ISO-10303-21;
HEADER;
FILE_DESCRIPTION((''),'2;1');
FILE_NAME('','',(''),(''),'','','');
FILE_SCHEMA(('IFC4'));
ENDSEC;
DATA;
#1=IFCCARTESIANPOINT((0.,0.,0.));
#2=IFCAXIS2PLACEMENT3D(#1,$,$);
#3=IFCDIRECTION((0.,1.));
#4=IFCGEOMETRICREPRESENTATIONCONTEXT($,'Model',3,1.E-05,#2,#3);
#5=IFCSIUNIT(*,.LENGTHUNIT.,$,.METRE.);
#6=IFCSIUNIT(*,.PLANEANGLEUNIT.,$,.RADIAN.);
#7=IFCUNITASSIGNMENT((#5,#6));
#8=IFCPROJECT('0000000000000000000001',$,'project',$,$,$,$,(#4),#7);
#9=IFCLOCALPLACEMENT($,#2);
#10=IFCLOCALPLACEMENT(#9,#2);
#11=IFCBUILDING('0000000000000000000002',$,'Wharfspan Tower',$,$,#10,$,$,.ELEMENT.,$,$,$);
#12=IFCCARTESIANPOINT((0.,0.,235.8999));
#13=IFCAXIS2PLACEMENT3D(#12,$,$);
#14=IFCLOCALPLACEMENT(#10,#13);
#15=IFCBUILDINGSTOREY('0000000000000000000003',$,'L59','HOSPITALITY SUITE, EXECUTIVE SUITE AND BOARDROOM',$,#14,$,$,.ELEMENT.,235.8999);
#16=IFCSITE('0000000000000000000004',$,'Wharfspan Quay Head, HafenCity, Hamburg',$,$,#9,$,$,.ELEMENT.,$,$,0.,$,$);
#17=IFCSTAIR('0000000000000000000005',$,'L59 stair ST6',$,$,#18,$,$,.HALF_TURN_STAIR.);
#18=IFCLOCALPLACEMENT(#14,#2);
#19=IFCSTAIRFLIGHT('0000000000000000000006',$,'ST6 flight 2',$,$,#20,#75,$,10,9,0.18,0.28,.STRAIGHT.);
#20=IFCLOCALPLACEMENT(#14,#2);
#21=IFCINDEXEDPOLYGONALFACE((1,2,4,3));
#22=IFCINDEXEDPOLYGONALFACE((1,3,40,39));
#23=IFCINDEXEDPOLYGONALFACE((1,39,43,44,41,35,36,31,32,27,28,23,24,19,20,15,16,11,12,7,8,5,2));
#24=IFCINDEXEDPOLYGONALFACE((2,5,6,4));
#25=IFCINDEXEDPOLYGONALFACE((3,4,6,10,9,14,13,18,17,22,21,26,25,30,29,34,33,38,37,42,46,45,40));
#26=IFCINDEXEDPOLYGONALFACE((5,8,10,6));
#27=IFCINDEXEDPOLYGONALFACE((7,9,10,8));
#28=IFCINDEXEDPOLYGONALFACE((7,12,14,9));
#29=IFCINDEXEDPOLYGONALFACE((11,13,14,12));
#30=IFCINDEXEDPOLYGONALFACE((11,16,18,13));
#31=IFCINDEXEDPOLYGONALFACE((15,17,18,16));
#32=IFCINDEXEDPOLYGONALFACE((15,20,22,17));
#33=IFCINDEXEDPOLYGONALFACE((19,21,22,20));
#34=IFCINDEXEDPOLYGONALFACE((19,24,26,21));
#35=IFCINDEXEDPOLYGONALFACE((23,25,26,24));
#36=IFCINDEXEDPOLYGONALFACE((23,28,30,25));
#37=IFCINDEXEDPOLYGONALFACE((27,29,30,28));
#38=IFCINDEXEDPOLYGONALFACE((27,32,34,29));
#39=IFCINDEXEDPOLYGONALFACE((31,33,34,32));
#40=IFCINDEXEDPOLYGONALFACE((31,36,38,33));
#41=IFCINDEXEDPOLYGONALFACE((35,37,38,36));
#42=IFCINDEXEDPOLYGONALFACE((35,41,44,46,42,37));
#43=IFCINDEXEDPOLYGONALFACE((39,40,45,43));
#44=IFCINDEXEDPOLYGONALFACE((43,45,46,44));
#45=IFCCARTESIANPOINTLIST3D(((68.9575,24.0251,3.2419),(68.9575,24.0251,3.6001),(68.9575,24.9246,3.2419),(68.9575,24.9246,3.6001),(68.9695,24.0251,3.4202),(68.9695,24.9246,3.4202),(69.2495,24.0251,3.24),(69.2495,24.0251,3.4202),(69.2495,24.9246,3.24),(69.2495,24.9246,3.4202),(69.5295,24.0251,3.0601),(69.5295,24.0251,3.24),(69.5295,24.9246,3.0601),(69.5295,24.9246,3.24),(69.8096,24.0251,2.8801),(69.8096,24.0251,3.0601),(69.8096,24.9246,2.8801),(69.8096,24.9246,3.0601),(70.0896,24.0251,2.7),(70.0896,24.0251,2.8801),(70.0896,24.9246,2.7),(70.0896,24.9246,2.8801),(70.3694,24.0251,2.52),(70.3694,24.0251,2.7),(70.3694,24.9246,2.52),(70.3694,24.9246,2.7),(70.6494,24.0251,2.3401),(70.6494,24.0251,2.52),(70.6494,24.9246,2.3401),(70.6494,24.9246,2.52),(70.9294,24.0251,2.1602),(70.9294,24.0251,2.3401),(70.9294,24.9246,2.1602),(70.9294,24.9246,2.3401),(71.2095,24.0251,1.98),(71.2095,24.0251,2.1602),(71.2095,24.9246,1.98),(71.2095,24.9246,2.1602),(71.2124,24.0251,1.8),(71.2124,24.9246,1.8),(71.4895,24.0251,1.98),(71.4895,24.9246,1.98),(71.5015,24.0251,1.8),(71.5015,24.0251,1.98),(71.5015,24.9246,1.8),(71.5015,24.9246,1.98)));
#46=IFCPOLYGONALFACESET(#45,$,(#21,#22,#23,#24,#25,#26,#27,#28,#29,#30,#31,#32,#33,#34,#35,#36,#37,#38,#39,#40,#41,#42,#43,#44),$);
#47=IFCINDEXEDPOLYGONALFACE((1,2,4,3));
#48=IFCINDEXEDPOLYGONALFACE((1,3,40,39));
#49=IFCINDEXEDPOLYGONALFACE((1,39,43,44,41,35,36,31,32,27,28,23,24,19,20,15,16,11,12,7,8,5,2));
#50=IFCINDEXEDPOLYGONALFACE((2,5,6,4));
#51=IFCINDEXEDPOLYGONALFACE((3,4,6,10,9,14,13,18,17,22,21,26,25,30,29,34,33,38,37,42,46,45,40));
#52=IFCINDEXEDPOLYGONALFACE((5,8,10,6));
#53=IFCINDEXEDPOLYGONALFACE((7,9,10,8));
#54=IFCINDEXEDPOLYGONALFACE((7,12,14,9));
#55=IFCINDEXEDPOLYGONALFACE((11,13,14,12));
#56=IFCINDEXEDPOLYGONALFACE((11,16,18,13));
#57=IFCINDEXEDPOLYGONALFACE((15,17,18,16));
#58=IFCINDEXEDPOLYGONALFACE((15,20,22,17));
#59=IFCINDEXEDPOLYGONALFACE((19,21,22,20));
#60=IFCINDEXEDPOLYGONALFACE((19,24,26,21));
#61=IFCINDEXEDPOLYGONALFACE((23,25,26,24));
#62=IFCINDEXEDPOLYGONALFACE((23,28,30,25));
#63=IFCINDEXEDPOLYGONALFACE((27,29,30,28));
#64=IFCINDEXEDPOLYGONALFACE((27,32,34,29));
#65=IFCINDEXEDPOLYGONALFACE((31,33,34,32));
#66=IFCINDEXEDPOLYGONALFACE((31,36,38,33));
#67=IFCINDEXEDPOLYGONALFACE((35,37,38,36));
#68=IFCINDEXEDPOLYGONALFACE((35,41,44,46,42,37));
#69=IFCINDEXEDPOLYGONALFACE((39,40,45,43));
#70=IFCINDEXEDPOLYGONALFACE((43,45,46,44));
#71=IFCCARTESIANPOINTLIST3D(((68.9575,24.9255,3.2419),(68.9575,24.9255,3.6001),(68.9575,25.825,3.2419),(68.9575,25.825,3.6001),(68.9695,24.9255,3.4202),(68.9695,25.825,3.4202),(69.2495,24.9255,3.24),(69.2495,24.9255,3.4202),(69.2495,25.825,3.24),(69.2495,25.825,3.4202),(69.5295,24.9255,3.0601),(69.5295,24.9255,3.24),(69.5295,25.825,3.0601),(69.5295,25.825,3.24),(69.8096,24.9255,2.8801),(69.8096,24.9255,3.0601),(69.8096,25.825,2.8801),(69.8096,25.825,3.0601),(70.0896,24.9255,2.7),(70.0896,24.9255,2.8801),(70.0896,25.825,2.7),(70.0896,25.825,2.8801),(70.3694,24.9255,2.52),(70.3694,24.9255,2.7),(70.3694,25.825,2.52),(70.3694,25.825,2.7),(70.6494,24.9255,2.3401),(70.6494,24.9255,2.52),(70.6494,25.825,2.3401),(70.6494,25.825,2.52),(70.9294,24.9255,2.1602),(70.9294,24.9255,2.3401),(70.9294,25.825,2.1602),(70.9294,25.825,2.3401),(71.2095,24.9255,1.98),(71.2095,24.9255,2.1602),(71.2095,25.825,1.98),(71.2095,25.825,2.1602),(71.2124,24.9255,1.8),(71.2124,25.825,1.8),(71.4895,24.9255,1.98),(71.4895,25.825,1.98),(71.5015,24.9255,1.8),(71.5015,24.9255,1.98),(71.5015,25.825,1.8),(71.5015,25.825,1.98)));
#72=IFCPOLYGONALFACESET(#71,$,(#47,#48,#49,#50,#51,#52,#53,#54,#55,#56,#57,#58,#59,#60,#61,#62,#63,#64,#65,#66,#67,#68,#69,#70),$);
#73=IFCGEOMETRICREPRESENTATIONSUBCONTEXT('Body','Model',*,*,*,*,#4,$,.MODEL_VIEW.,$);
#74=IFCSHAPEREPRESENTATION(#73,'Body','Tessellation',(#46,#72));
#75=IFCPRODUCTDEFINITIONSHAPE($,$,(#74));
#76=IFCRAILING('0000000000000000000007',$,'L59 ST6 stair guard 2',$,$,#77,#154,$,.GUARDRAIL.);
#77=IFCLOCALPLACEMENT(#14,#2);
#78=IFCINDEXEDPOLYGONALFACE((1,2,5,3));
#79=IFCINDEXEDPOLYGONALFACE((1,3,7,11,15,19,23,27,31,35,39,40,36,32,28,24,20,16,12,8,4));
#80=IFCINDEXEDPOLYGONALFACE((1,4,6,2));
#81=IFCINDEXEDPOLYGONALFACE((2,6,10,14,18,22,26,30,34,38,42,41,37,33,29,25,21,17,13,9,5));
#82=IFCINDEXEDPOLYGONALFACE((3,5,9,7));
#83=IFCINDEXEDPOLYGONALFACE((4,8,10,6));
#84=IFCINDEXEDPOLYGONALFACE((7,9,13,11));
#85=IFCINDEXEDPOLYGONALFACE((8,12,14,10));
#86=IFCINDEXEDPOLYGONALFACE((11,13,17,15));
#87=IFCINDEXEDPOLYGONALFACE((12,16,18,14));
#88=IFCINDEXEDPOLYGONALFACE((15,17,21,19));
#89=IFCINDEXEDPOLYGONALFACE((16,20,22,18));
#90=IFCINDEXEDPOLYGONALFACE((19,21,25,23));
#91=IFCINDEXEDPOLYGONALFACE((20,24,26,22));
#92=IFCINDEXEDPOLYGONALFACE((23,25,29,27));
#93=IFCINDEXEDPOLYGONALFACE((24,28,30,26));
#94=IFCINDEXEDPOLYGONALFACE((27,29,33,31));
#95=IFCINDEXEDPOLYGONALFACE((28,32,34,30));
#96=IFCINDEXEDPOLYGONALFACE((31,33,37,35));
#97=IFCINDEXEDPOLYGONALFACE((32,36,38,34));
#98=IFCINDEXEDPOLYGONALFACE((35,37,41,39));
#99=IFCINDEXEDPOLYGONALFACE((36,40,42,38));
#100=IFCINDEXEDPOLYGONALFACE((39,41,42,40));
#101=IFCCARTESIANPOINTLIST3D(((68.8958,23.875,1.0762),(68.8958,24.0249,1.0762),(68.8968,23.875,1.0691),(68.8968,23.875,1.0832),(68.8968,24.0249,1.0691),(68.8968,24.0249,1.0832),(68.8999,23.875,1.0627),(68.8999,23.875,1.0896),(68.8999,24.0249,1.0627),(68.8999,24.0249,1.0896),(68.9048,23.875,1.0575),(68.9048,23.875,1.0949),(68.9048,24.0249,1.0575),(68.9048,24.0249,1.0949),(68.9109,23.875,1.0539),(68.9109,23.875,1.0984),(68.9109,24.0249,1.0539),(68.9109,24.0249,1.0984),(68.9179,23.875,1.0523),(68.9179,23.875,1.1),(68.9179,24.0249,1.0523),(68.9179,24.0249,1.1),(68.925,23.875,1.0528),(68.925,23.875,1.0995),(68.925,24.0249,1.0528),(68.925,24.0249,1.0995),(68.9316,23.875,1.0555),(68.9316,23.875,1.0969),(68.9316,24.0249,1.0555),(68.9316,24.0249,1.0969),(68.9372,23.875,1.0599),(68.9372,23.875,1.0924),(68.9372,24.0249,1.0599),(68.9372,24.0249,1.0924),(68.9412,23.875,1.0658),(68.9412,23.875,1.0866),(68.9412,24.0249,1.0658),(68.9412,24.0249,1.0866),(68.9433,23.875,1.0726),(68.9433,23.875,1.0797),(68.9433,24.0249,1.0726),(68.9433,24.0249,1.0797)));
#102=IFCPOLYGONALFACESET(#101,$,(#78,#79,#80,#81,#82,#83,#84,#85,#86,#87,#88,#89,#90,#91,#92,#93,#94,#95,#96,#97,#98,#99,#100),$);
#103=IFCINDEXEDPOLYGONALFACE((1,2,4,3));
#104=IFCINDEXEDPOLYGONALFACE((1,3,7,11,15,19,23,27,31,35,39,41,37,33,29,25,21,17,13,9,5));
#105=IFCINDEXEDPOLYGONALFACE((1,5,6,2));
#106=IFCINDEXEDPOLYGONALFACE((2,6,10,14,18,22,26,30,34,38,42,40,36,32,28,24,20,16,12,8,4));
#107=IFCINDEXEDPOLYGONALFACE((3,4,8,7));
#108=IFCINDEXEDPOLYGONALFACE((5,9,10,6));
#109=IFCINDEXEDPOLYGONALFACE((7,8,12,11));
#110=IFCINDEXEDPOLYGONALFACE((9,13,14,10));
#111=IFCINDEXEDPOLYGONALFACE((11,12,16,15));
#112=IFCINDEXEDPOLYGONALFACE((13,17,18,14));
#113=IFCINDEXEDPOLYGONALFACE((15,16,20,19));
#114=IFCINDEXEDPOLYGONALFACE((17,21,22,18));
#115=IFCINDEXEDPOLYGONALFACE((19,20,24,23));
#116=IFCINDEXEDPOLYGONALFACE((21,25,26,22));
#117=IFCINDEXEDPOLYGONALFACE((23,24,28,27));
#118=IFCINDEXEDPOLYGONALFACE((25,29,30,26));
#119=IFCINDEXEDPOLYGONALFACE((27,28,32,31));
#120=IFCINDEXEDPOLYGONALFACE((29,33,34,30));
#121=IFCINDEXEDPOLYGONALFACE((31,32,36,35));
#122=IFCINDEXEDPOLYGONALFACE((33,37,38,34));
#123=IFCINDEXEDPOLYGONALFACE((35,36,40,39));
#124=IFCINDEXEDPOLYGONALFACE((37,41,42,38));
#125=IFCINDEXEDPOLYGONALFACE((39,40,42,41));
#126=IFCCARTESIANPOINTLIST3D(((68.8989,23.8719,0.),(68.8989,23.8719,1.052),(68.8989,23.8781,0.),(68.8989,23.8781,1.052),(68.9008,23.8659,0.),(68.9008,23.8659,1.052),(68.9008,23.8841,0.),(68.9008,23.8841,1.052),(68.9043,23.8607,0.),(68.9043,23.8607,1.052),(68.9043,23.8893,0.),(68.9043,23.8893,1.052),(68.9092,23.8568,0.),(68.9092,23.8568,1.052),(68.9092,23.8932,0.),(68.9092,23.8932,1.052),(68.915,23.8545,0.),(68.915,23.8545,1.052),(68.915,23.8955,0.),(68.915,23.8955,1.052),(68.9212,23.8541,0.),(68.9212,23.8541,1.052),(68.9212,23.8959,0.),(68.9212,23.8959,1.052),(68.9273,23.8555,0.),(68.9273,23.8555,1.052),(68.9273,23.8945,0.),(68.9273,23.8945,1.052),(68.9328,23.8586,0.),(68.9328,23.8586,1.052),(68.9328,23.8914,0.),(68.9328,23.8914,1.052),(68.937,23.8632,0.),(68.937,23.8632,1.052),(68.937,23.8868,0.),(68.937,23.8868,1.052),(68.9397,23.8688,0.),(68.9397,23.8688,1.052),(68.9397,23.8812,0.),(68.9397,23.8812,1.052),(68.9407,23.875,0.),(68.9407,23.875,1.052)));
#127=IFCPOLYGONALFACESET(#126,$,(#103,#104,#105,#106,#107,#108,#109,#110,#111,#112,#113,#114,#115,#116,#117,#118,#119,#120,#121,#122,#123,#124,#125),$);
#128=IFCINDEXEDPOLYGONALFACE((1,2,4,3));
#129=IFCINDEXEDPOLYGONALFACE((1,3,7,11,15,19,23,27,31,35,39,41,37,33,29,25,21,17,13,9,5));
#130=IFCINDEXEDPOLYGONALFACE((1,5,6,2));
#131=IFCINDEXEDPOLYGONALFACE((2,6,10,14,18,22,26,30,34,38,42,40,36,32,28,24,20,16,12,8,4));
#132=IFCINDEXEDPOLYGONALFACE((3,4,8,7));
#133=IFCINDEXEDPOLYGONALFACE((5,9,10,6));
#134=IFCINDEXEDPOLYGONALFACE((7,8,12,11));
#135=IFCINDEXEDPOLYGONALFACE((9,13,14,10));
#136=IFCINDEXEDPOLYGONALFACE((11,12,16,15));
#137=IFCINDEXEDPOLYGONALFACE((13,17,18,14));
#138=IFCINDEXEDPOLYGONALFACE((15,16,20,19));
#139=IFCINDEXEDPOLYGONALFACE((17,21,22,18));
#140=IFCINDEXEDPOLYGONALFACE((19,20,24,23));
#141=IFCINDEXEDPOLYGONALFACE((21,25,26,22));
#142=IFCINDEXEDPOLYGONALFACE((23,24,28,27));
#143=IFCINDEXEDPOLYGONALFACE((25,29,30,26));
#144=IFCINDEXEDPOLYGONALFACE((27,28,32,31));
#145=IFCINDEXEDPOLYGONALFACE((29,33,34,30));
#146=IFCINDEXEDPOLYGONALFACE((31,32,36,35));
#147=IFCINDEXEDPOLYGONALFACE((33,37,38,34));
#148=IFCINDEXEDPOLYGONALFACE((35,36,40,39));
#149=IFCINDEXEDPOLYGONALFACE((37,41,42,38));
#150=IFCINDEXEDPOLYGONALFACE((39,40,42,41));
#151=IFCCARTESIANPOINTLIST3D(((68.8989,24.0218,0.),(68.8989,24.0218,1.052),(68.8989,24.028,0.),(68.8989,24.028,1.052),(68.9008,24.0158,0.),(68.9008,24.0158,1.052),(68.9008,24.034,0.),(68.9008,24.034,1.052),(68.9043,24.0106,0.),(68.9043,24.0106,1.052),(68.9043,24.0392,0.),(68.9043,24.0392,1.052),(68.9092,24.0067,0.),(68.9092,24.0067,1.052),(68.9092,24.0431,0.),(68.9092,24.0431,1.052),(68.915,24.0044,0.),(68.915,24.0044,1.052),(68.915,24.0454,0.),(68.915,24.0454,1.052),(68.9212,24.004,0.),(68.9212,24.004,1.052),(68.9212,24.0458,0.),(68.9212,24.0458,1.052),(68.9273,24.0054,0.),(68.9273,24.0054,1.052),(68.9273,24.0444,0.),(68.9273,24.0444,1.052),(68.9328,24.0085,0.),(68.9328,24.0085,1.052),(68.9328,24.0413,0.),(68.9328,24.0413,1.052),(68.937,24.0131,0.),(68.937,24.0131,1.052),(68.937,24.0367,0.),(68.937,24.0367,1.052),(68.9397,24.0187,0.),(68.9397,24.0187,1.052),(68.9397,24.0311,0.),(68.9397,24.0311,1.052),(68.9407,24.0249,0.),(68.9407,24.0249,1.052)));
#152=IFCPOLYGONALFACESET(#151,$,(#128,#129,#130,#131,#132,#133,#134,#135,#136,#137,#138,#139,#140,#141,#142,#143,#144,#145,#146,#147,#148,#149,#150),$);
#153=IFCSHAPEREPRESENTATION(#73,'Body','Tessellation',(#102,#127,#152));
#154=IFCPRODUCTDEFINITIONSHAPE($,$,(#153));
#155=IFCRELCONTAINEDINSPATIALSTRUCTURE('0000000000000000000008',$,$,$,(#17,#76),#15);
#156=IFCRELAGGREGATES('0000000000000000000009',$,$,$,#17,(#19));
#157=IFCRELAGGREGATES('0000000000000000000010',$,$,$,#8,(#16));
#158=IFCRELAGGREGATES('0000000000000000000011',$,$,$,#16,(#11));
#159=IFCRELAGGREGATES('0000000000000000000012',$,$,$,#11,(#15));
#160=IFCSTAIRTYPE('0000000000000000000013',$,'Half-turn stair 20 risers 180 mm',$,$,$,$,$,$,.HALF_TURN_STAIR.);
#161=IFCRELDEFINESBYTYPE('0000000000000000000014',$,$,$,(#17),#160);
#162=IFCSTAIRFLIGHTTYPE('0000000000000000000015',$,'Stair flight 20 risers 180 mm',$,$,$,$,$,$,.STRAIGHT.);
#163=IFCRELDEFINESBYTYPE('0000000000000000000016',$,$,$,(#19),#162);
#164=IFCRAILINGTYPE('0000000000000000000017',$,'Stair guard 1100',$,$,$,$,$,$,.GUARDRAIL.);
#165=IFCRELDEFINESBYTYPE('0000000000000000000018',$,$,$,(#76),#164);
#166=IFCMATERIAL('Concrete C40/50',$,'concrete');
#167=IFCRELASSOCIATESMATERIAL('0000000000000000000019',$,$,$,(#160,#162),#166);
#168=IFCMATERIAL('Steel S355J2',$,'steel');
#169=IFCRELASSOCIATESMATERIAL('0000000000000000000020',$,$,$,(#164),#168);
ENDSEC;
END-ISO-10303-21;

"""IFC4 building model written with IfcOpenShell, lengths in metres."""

from ifc_helpers import new_model, si_unit, direction, frame, origin, origin_2d, place, context, subcontext, project, spatial, polyline, circle, outline, extrude, material, type_object, element, aggregate, save


model = new_model("IFC4")

# Units and contexts
model_context = context("Model", 3, precision=1e-05, world=origin(), true_north=direction((0.0, 1.0)))
body_context = subcontext(model_context, "Body", "Model", "MODEL_VIEW")
ifc_project = project(units=[si_unit("LENGTHUNIT", "METRE"), si_unit("PLANEANGLEUNIT", "RADIAN")], contexts=[model_context])

# Site, building, storey
site_placement = place(None, origin())
site = spatial("IfcSite", under=ifc_project, at=site_placement, Name="Wharfspan Quay Head, HafenCity, Hamburg", CompositionType="ELEMENT", RefElevation=0.0)
building_placement = place(site_placement, origin())
building = spatial("IfcBuilding", under=site, at=building_placement, Name="Wharfspan Tower", CompositionType="ELEMENT")
storey_placement = place(building_placement, frame((0.0, 0.0, 235.8999)))
storey = spatial("IfcBuildingStorey", under=building, at=storey_placement, Name="L59", Description="HOSPITALITY SUITE, EXECUTIVE SUITE AND BOARDROOM", CompositionType="ELEMENT", Elevation=235.8999)

# Shared definitions
ifc_material_1 = material(Name="Concrete C40/50", Category="concrete")

# Stair, stair flight
stair_type = type_object("IfcStairType", Name="Half-turn stair 20 risers 180 mm", PredefinedType="HALF_TURN_STAIR", material=ifc_material_1)
stair_placement = place(storey_placement, origin())
stair = element("IfcStair", 1, at=stair_placement, inside=storey, type_object=stair_type, Name="L59 stair ST6", PredefinedType="HALF_TURN_STAIR")
stair_flight_type = type_object("IfcStairFlightType", Name="Stair flight 20 risers 180 mm", PredefinedType="STRAIGHT", material=ifc_material_1)
stair_flight_1_placement = place(storey_placement, frame((71.4895, 24.925, 1.8), z_axis=(0.0, 0.0, 1.0), x_axis=(-1.0, 0.0, 0.0)))
stair_flight_1 = element("IfcStairFlight", 2, at=stair_flight_1_placement, type_object=stair_flight_type, Name="ST6 flight 2", NumberOfRisers=10, NumberOfTreads=9, PredefinedType="STRAIGHT", RiserHeight=0.18, TreadLength=0.28, context=body_context, shape_type="SweptSolid", body=[
    extrude(outline(polyline([(-0.012, 0.0), (-0.012, 0.1799), (0.0, 0.1799), (0.28, 0.1799), (0.28, 0.3601), (0.5601, 0.3601), (0.5601, 0.54), (0.8401, 0.54), (0.8401, 0.72), (1.1201, 0.72), (1.1201, 0.8999), (1.3999, 0.8999), (1.3999, 1.0801), (1.6799, 1.0801), (1.6799, 1.26), (1.96, 1.26), (1.96, 1.4399), (2.24, 1.4399), (2.24, 1.6201), (2.52, 1.6201), (2.532, 1.8), (2.532, 1.4419), (0.2771, 0.0), (-0.012, 0.0)])), frame((0.0, 0.8999, 0.0), z_axis=(0.0, -1.0, 0.0), x_axis=(1.0, 0.0, 0.0)), (0.0, 0.0, 1.0), 0.8994),
    extrude(outline(polyline([(-0.012, 0.0), (-0.012, 0.1799), (0.0, 0.1799), (0.28, 0.1799), (0.28, 0.3601), (0.5601, 0.3601), (0.5601, 0.54), (0.8401, 0.54), (0.8401, 0.72), (1.1201, 0.72), (1.1201, 0.8999), (1.3999, 0.8999), (1.3999, 1.0801), (1.6799, 1.0801), (1.6799, 1.26), (1.96, 1.26), (1.96, 1.4399), (2.24, 1.4399), (2.24, 1.6201), (2.52, 1.6201), (2.532, 1.8), (2.532, 1.4419), (0.2771, 0.0), (-0.012, 0.0)])), frame((0.0, -0.0005, 0.0), z_axis=(0.0, -1.0, 0.0), x_axis=(1.0, 0.0, 0.0)), (0.0, 0.0, 1.0), 0.8994),
])
aggregate(stair, [stair_flight_1])

# Railing
ifc_material_2 = material(Name="Steel S355J2", Category="steel")
railing_type_1 = type_object("IfcRailingType", Name="Stair guard 1100", PredefinedType="GUARDRAIL", material=ifc_material_2)
railing_1_placement = place(storey_placement, frame((68.9197, 23.875, 0.0)))
element("IfcRailing", 3, at=railing_1_placement, inside=storey, type_object=railing_type_1, Name="L59 ST6 stair guard 2", PredefinedType="GUARDRAIL", context=body_context, shape_type="SweptSolid", body=[
    extrude(circle(Radius=0.0239, at=origin_2d()), frame((0.0, 0.0, 1.0762), z_axis=(0.0, 1.0, 0.0), x_axis=(-1.0, 0.0, 0.0)), (0.0, 0.0, 1.0), 0.1499),
    extrude(circle(Radius=0.021, at=origin_2d()), origin(), (0.0, 0.0, 1.0), 1.052),
    extrude(circle(Radius=0.021, at=origin_2d()), frame((0.0, 0.1499, 0.0)), (0.0, 0.0, 1.0), 1.052),
])

save(model, "model.ifc")
